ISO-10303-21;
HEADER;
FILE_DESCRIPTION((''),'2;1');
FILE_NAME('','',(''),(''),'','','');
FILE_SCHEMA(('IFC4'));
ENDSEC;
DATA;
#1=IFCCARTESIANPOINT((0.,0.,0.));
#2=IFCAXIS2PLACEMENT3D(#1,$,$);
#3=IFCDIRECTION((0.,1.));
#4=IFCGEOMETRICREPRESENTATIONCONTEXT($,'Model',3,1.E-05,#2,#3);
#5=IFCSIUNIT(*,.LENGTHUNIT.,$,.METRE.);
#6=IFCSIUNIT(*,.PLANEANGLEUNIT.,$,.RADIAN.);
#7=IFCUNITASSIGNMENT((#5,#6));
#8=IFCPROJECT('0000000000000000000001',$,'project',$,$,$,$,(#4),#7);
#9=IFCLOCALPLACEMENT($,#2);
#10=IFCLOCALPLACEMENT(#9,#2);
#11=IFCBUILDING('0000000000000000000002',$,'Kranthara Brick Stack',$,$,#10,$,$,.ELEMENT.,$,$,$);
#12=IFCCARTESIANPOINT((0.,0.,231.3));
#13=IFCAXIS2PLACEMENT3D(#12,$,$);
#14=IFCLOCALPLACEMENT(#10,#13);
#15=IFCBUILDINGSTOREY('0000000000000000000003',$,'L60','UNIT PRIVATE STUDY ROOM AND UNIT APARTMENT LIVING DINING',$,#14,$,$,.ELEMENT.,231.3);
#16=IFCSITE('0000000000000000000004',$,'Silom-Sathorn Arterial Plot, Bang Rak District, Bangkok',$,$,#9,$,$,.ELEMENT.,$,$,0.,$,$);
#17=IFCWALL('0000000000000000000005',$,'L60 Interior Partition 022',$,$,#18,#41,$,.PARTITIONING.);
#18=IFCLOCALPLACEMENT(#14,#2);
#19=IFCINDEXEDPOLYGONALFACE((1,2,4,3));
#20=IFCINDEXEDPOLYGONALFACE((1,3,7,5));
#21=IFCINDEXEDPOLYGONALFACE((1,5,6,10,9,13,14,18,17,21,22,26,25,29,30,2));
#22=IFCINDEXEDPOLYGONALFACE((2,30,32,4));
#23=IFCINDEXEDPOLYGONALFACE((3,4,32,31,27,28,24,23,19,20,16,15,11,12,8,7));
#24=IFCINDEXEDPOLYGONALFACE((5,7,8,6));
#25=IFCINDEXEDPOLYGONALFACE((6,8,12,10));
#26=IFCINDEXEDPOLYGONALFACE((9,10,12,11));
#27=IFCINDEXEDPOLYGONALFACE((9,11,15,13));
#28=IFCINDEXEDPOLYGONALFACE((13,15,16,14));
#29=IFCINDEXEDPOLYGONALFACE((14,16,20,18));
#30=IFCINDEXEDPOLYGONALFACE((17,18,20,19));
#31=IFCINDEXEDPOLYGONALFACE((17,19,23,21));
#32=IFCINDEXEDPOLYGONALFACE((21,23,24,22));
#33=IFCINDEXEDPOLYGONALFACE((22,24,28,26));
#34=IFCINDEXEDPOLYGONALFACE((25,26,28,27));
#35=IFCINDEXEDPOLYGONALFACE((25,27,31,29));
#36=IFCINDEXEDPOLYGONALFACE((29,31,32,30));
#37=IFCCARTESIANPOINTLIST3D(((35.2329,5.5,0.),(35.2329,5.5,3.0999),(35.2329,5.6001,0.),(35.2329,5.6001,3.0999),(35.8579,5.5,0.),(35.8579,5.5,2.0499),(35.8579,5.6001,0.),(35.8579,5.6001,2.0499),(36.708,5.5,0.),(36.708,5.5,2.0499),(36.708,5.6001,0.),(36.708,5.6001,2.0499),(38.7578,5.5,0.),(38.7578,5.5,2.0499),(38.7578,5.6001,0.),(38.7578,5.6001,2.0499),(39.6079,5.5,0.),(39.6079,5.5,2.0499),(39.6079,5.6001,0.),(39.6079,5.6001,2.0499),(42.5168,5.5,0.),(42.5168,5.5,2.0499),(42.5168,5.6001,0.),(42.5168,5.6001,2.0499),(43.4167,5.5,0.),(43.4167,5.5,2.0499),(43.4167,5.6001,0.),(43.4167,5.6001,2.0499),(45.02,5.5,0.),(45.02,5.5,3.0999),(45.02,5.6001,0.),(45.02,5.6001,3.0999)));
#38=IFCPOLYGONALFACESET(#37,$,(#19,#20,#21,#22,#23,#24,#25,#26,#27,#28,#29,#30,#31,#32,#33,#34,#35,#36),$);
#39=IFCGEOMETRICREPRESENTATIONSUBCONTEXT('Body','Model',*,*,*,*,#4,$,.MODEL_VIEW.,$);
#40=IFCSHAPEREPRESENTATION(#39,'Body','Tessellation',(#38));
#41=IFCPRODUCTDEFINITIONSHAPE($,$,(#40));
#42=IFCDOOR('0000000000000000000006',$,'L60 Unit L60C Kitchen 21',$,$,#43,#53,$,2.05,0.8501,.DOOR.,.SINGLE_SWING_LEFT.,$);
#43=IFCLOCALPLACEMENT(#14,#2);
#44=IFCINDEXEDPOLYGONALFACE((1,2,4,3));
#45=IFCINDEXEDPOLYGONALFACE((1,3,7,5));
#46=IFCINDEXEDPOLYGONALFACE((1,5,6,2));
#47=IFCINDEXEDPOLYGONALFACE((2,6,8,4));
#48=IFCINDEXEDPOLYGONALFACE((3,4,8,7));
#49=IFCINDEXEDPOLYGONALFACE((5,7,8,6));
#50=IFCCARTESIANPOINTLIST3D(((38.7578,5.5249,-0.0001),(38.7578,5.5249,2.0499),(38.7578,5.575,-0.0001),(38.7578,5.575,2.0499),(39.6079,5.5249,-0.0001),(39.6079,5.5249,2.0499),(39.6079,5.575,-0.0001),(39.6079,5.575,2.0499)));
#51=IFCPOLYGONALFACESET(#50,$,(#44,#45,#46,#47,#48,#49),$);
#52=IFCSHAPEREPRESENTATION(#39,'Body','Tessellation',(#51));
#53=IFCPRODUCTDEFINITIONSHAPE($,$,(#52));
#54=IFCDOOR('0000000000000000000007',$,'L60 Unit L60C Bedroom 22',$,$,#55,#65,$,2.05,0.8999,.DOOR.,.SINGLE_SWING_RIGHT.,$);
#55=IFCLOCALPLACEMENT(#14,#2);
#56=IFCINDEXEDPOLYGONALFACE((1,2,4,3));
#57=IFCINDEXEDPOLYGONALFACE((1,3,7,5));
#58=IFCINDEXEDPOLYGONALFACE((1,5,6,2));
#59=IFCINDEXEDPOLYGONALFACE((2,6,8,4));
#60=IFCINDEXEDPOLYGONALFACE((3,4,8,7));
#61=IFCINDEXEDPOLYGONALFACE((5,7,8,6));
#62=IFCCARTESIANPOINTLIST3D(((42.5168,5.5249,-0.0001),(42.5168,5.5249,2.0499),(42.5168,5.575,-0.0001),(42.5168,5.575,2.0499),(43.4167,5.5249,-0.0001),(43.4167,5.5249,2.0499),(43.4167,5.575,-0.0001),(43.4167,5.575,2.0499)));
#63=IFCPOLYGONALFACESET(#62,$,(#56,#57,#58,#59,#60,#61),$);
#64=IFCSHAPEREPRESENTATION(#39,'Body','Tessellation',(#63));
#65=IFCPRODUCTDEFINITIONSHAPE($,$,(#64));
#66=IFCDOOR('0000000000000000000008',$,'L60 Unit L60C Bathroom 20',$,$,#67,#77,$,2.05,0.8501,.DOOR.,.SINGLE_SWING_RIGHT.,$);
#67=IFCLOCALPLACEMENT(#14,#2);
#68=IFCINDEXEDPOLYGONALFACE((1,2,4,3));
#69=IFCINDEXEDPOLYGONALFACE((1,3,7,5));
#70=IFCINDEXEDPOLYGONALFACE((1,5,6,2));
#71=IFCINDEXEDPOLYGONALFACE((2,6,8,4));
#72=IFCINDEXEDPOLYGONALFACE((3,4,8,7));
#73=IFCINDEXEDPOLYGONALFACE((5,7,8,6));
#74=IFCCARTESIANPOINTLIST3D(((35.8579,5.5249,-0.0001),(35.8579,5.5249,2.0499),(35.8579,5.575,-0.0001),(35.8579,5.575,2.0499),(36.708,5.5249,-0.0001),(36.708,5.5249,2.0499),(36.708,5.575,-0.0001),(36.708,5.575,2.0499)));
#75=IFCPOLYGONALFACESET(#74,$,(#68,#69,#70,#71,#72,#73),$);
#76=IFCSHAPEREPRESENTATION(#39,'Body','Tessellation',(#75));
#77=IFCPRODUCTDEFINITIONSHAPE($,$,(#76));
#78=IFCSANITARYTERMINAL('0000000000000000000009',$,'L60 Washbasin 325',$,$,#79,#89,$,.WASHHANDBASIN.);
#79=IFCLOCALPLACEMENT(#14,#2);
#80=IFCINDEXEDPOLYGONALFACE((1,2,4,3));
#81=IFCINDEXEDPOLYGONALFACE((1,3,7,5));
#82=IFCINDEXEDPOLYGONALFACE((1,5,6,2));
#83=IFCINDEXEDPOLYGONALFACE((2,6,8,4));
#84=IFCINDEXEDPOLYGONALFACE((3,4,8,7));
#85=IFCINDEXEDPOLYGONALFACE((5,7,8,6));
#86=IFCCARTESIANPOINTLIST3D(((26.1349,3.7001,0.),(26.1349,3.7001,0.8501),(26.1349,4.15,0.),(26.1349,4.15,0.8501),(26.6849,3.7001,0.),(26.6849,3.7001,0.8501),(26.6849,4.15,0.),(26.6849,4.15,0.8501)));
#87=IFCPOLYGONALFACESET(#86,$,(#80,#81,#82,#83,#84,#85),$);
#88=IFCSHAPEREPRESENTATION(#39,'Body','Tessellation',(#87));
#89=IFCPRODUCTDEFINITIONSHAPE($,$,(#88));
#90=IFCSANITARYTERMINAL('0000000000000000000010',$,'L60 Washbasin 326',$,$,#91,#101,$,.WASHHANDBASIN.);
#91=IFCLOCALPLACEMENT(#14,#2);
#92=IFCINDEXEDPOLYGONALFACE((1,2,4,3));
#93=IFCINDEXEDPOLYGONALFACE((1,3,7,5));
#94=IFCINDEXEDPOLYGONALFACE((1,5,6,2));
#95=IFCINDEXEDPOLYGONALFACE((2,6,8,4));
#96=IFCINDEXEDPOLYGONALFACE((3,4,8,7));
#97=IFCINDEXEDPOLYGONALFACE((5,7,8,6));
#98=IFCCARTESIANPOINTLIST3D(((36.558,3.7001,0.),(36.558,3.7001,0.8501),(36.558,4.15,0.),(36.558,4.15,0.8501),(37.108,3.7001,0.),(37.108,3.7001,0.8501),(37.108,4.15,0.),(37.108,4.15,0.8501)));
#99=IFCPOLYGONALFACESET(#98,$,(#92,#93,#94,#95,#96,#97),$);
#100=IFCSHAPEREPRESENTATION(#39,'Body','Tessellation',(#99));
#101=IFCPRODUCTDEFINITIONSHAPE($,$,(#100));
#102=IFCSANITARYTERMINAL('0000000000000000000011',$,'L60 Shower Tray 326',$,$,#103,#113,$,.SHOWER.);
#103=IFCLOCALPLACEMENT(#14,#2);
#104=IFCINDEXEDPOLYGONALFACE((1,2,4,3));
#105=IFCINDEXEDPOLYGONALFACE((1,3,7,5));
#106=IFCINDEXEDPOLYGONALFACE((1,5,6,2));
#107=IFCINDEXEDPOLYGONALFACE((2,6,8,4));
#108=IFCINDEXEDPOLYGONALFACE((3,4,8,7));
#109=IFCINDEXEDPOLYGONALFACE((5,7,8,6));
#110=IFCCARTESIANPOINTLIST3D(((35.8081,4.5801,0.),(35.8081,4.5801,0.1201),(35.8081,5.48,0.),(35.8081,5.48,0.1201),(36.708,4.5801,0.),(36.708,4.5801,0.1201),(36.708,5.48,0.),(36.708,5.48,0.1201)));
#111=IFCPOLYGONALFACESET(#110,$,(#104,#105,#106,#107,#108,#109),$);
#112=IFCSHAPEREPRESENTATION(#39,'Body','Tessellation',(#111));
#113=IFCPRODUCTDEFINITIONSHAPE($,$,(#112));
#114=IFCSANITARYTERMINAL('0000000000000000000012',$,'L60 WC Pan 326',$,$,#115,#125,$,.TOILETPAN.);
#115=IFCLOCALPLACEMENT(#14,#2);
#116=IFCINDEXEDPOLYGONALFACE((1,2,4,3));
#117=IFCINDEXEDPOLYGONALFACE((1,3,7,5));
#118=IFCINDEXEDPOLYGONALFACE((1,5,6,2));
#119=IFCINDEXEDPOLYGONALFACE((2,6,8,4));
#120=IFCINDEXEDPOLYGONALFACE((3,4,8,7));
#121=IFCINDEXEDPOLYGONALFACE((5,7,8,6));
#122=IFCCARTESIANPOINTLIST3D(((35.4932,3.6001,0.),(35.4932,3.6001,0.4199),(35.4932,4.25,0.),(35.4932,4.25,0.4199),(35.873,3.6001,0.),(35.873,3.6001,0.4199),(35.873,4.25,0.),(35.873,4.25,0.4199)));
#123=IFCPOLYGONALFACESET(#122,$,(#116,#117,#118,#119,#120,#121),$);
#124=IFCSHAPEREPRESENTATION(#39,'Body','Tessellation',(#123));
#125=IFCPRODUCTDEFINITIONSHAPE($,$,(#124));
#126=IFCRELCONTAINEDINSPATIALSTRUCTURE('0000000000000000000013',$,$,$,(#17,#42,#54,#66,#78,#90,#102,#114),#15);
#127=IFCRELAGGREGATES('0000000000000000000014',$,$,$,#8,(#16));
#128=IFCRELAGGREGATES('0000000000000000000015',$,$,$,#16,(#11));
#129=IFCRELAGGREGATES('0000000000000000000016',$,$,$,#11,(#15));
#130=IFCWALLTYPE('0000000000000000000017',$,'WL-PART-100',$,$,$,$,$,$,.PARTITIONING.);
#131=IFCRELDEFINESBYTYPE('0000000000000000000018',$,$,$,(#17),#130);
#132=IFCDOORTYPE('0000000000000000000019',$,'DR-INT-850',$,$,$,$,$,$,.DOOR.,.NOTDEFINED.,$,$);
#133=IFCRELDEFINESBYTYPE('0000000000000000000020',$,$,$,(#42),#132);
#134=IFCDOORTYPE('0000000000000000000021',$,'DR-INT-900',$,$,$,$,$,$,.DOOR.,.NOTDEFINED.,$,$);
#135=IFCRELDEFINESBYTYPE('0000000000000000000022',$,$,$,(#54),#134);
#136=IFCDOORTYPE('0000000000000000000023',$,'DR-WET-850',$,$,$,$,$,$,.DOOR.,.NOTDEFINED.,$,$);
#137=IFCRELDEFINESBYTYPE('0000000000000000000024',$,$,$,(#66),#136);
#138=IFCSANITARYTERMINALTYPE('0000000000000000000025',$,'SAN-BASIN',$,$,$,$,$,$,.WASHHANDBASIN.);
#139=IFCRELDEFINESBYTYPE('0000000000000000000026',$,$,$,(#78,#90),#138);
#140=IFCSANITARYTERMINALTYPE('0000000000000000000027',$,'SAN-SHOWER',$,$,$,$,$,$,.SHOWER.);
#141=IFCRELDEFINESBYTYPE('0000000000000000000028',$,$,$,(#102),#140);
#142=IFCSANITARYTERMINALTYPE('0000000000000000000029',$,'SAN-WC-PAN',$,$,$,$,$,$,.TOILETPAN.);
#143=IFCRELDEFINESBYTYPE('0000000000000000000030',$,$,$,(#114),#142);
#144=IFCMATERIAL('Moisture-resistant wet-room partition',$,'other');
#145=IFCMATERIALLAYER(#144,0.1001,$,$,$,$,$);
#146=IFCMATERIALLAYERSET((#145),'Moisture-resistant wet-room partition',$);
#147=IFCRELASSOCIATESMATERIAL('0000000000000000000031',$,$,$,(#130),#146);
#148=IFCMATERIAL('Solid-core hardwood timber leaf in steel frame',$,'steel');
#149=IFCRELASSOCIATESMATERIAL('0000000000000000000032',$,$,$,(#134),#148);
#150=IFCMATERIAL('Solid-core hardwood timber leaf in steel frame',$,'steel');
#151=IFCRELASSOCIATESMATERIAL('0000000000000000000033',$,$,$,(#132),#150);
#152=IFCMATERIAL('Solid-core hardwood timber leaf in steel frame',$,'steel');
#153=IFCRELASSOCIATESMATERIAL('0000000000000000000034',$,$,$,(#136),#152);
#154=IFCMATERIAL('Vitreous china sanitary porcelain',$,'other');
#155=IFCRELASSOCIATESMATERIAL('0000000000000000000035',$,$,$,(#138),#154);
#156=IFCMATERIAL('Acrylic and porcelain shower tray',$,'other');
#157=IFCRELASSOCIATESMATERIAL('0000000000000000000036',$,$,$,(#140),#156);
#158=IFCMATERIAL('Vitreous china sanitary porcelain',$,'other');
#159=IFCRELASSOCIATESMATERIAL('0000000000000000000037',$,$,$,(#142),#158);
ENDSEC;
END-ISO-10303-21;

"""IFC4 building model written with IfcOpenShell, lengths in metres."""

from ifc_helpers import new_model, si_unit, direction, frame, frame_2d, origin, origin_2d, place, context, subcontext, project, spatial, rectangle, extrude, material, layer, layer_set, type_object, element, fill, save


model = new_model("IFC4")

# Units and contexts
model_context = context("Model", 3, precision=1e-05, world=origin(), true_north=direction((0.0, 1.0)))
body_context = subcontext(model_context, "Body", "Model", "MODEL_VIEW")
ifc_project = project(units=[si_unit("LENGTHUNIT", "METRE"), si_unit("PLANEANGLEUNIT", "RADIAN")], contexts=[model_context])

# Site, building, storey
site_placement = place(None, origin())
site = spatial("IfcSite", under=ifc_project, at=site_placement, Name="Silom-Sathorn Arterial Plot, Bang Rak District, Bangkok", CompositionType="ELEMENT", RefElevation=0.0)
building_placement = place(site_placement, origin())
building = spatial("IfcBuilding", under=site, at=building_placement, Name="Kranthara Brick Stack", CompositionType="ELEMENT")
storey_placement = place(building_placement, frame((0.0, 0.0, 231.3)))
storey = spatial("IfcBuildingStorey", under=building, at=storey_placement, Name="L60", Description="UNIT PRIVATE STUDY ROOM AND UNIT APARTMENT LIVING DINING", CompositionType="ELEMENT", Elevation=231.3)

# Shared definitions
ifc_material_1 = material(Name="Moisture-resistant wet-room partition", Category="other")
ifc_layer_1 = layer(ifc_material_1, 0.1001)
ifc_layer_set_1 = layer_set([ifc_layer_1], Name="Moisture-resistant wet-room partition")
wall_type_1 = type_object("IfcWallType", Name="WL-PART-100", PredefinedType="PARTITIONING", material=ifc_layer_set_1)
ifc_material_2 = material(Name="Solid-core hardwood timber leaf in steel frame", Category="steel")
door_type_1 = type_object("IfcDoorType", Name="DR-INT-900", OperationType="NOTDEFINED", PredefinedType="DOOR", material=ifc_material_2)

# Wall, openings, doors
wall_1_placement = place(storey_placement, frame((35.2329, 5.55, 0.0), z_axis=(0.0, 0.0, 1.0), x_axis=(1.0, 0.0, 0.0)))
wall_1 = element("IfcWall", 1, at=wall_1_placement, inside=storey, type_object=wall_type_1, Name="L60 Interior Partition 022", PredefinedType="PARTITIONING", context=body_context, shape_type="SweptSolid", body=[
    extrude(rectangle(XDim=9.7871, YDim=0.1001, at=frame_2d((4.8936, 0.0))), origin(), (0.0, 0.0, 1.0), 3.0999),
])
opening_1_placement = place(wall_1_placement, frame((0.625, 0.0, 0.0)))
opening_1 = element("IfcOpeningElement", 2, at=opening_1_placement, cuts=wall_1, PredefinedType="OPENING", context=body_context, shape_type="SweptSolid", body=[
    extrude(rectangle(XDim=0.8501, YDim=2.05, at=frame_2d((0.425, 1.0249))), frame((0.0, 0.0601, 0.0), z_axis=(0.0, -1.0, 0.0), x_axis=(1.0, 0.0, 0.0)), (0.0, 0.0, 1.0), 0.1201),
])
opening_2_placement = place(wall_1_placement, frame((3.5249, 0.0, 0.0)))
opening_2 = element("IfcOpeningElement", 3, at=opening_2_placement, cuts=wall_1, PredefinedType="OPENING", context=body_context, shape_type="SweptSolid", body=[
    extrude(rectangle(XDim=0.8501, YDim=2.05, at=frame_2d((0.425, 1.0249))), frame((0.0, 0.0601, 0.0), z_axis=(0.0, -1.0, 0.0), x_axis=(1.0, 0.0, 0.0)), (0.0, 0.0, 1.0), 0.1201),
])
opening_3_placement = place(wall_1_placement, frame((7.2839, 0.0, 0.0)))
opening_3 = element("IfcOpeningElement", 4, at=opening_3_placement, cuts=wall_1, PredefinedType="OPENING", context=body_context, shape_type="SweptSolid", body=[
    extrude(rectangle(XDim=0.8999, YDim=2.05, at=frame_2d((0.45, 1.0249))), frame((0.0, 0.0601, 0.0), z_axis=(0.0, -1.0, 0.0), x_axis=(1.0, 0.0, 0.0)), (0.0, 0.0, 1.0), 0.1201),
])
ifc_material_3 = material(Name="Solid-core hardwood timber leaf in steel frame", Category="steel")
door_type_2 = type_object("IfcDoorType", Name="DR-INT-850", OperationType="NOTDEFINED", PredefinedType="DOOR", material=ifc_material_3)
door_1_placement = place(opening_2_placement, origin())
door_1 = element("IfcDoor", 5, at=door_1_placement, inside=storey, type_object=door_type_2, Name="L60 Unit L60C Kitchen 21", OperationType="SINGLE_SWING_LEFT", OverallHeight=2.05, OverallWidth=0.8501, PredefinedType="DOOR", context=body_context, shape_type="SweptSolid", body=[
    extrude(rectangle(XDim=0.8501, YDim=2.05, at=frame_2d((0.425, 1.0249))), frame((0.0, 0.0249, 0.0), z_axis=(0.0, -1.0, 0.0), x_axis=(1.0, 0.0, 0.0)), (0.0, 0.0, 1.0), 0.05),
])
fill(opening_2, door_1)
door_2_placement = place(opening_3_placement, origin())
door_2 = element("IfcDoor", 6, at=door_2_placement, inside=storey, type_object=door_type_1, Name="L60 Unit L60C Bedroom 22", OperationType="SINGLE_SWING_RIGHT", OverallHeight=2.05, OverallWidth=0.8999, PredefinedType="DOOR", context=body_context, shape_type="SweptSolid", body=[
    extrude(rectangle(XDim=0.8999, YDim=2.05, at=frame_2d((0.45, 1.0249))), frame((0.0, 0.0249, 0.0), z_axis=(0.0, -1.0, 0.0), x_axis=(1.0, 0.0, 0.0)), (0.0, 0.0, 1.0), 0.05),
])
fill(opening_3, door_2)
ifc_material_4 = material(Name="Solid-core hardwood timber leaf in steel frame", Category="steel")
door_type_3 = type_object("IfcDoorType", Name="DR-WET-850", OperationType="NOTDEFINED", PredefinedType="DOOR", material=ifc_material_4)
door_3_placement = place(opening_1_placement, origin())
door_3 = element("IfcDoor", 7, at=door_3_placement, inside=storey, type_object=door_type_3, Name="L60 Unit L60C Bathroom 20", OperationType="SINGLE_SWING_RIGHT", OverallHeight=2.05, OverallWidth=0.8501, PredefinedType="DOOR", context=body_context, shape_type="SweptSolid", body=[
    extrude(rectangle(XDim=0.8501, YDim=2.05, at=frame_2d((0.425, 1.0249))), frame((0.0, 0.0249, 0.0), z_axis=(0.0, -1.0, 0.0), x_axis=(1.0, 0.0, 0.0)), (0.0, 0.0, 1.0), 0.05),
])
fill(opening_1, door_3)

# Sanitary terminals
ifc_material_5 = material(Name="Vitreous china sanitary porcelain", Category="other")
sanitary_terminal_type_1 = type_object("IfcSanitaryTerminalType", Name="SAN-BASIN", PredefinedType="WASHHANDBASIN", material=ifc_material_5)
for number, where, z_axis, x_axis, name in (
    (8, (26.4099, 3.925, 0.0), (0.0, 0.0, 1.0), (1.0, 0.0, 0.0), "L60 Washbasin 325"),
    (9, (36.833, 3.925, 0.0), (0.0, 0.0, 1.0), (1.0, 0.0, 0.0), "L60 Washbasin 326"),
):
    element("IfcSanitaryTerminal", number, at=place(storey_placement, frame(where, z_axis=z_axis, x_axis=x_axis)), inside=storey, type_object=sanitary_terminal_type_1, Name=name, PredefinedType="WASHHANDBASIN", context=body_context, shape_type="SweptSolid", body=[
        extrude(rectangle(XDim=0.55, YDim=0.45, at=origin_2d()), origin(), (0.0, 0.0, 1.0), 0.8501),
    ])
ifc_material_6 = material(Name="Acrylic and porcelain shower tray", Category="other")
sanitary_terminal_type_2 = type_object("IfcSanitaryTerminalType", Name="SAN-SHOWER", PredefinedType="SHOWER", material=ifc_material_6)
sanitary_terminal_1_placement = place(storey_placement, frame((36.2581, 5.03, 0.0), z_axis=(0.0, 0.0, 1.0), x_axis=(1.0, 0.0, 0.0)))
element("IfcSanitaryTerminal", 10, at=sanitary_terminal_1_placement, inside=storey, type_object=sanitary_terminal_type_2, Name="L60 Shower Tray 326", PredefinedType="SHOWER", context=body_context, shape_type="SweptSolid", body=[
    extrude(rectangle(XDim=0.8999, YDim=0.8999, at=origin_2d()), origin(), (0.0, 0.0, 1.0), 0.1201),
])
ifc_material_7 = material(Name="Vitreous china sanitary porcelain", Category="other")
sanitary_terminal_type_3 = type_object("IfcSanitaryTerminalType", Name="SAN-WC-PAN", PredefinedType="TOILETPAN", material=ifc_material_7)
sanitary_terminal_2_placement = place(storey_placement, frame((35.6831, 3.925, 0.0), z_axis=(0.0, 0.0, 1.0), x_axis=(1.0, 0.0, 0.0)))
element("IfcSanitaryTerminal", 11, at=sanitary_terminal_2_placement, inside=storey, type_object=sanitary_terminal_type_3, Name="L60 WC Pan 326", PredefinedType="TOILETPAN", context=body_context, shape_type="SweptSolid", body=[
    extrude(rectangle(XDim=0.3799, YDim=0.6499, at=origin_2d()), origin(), (0.0, 0.0, 1.0), 0.4199),
])

save(model, "model.ifc")
